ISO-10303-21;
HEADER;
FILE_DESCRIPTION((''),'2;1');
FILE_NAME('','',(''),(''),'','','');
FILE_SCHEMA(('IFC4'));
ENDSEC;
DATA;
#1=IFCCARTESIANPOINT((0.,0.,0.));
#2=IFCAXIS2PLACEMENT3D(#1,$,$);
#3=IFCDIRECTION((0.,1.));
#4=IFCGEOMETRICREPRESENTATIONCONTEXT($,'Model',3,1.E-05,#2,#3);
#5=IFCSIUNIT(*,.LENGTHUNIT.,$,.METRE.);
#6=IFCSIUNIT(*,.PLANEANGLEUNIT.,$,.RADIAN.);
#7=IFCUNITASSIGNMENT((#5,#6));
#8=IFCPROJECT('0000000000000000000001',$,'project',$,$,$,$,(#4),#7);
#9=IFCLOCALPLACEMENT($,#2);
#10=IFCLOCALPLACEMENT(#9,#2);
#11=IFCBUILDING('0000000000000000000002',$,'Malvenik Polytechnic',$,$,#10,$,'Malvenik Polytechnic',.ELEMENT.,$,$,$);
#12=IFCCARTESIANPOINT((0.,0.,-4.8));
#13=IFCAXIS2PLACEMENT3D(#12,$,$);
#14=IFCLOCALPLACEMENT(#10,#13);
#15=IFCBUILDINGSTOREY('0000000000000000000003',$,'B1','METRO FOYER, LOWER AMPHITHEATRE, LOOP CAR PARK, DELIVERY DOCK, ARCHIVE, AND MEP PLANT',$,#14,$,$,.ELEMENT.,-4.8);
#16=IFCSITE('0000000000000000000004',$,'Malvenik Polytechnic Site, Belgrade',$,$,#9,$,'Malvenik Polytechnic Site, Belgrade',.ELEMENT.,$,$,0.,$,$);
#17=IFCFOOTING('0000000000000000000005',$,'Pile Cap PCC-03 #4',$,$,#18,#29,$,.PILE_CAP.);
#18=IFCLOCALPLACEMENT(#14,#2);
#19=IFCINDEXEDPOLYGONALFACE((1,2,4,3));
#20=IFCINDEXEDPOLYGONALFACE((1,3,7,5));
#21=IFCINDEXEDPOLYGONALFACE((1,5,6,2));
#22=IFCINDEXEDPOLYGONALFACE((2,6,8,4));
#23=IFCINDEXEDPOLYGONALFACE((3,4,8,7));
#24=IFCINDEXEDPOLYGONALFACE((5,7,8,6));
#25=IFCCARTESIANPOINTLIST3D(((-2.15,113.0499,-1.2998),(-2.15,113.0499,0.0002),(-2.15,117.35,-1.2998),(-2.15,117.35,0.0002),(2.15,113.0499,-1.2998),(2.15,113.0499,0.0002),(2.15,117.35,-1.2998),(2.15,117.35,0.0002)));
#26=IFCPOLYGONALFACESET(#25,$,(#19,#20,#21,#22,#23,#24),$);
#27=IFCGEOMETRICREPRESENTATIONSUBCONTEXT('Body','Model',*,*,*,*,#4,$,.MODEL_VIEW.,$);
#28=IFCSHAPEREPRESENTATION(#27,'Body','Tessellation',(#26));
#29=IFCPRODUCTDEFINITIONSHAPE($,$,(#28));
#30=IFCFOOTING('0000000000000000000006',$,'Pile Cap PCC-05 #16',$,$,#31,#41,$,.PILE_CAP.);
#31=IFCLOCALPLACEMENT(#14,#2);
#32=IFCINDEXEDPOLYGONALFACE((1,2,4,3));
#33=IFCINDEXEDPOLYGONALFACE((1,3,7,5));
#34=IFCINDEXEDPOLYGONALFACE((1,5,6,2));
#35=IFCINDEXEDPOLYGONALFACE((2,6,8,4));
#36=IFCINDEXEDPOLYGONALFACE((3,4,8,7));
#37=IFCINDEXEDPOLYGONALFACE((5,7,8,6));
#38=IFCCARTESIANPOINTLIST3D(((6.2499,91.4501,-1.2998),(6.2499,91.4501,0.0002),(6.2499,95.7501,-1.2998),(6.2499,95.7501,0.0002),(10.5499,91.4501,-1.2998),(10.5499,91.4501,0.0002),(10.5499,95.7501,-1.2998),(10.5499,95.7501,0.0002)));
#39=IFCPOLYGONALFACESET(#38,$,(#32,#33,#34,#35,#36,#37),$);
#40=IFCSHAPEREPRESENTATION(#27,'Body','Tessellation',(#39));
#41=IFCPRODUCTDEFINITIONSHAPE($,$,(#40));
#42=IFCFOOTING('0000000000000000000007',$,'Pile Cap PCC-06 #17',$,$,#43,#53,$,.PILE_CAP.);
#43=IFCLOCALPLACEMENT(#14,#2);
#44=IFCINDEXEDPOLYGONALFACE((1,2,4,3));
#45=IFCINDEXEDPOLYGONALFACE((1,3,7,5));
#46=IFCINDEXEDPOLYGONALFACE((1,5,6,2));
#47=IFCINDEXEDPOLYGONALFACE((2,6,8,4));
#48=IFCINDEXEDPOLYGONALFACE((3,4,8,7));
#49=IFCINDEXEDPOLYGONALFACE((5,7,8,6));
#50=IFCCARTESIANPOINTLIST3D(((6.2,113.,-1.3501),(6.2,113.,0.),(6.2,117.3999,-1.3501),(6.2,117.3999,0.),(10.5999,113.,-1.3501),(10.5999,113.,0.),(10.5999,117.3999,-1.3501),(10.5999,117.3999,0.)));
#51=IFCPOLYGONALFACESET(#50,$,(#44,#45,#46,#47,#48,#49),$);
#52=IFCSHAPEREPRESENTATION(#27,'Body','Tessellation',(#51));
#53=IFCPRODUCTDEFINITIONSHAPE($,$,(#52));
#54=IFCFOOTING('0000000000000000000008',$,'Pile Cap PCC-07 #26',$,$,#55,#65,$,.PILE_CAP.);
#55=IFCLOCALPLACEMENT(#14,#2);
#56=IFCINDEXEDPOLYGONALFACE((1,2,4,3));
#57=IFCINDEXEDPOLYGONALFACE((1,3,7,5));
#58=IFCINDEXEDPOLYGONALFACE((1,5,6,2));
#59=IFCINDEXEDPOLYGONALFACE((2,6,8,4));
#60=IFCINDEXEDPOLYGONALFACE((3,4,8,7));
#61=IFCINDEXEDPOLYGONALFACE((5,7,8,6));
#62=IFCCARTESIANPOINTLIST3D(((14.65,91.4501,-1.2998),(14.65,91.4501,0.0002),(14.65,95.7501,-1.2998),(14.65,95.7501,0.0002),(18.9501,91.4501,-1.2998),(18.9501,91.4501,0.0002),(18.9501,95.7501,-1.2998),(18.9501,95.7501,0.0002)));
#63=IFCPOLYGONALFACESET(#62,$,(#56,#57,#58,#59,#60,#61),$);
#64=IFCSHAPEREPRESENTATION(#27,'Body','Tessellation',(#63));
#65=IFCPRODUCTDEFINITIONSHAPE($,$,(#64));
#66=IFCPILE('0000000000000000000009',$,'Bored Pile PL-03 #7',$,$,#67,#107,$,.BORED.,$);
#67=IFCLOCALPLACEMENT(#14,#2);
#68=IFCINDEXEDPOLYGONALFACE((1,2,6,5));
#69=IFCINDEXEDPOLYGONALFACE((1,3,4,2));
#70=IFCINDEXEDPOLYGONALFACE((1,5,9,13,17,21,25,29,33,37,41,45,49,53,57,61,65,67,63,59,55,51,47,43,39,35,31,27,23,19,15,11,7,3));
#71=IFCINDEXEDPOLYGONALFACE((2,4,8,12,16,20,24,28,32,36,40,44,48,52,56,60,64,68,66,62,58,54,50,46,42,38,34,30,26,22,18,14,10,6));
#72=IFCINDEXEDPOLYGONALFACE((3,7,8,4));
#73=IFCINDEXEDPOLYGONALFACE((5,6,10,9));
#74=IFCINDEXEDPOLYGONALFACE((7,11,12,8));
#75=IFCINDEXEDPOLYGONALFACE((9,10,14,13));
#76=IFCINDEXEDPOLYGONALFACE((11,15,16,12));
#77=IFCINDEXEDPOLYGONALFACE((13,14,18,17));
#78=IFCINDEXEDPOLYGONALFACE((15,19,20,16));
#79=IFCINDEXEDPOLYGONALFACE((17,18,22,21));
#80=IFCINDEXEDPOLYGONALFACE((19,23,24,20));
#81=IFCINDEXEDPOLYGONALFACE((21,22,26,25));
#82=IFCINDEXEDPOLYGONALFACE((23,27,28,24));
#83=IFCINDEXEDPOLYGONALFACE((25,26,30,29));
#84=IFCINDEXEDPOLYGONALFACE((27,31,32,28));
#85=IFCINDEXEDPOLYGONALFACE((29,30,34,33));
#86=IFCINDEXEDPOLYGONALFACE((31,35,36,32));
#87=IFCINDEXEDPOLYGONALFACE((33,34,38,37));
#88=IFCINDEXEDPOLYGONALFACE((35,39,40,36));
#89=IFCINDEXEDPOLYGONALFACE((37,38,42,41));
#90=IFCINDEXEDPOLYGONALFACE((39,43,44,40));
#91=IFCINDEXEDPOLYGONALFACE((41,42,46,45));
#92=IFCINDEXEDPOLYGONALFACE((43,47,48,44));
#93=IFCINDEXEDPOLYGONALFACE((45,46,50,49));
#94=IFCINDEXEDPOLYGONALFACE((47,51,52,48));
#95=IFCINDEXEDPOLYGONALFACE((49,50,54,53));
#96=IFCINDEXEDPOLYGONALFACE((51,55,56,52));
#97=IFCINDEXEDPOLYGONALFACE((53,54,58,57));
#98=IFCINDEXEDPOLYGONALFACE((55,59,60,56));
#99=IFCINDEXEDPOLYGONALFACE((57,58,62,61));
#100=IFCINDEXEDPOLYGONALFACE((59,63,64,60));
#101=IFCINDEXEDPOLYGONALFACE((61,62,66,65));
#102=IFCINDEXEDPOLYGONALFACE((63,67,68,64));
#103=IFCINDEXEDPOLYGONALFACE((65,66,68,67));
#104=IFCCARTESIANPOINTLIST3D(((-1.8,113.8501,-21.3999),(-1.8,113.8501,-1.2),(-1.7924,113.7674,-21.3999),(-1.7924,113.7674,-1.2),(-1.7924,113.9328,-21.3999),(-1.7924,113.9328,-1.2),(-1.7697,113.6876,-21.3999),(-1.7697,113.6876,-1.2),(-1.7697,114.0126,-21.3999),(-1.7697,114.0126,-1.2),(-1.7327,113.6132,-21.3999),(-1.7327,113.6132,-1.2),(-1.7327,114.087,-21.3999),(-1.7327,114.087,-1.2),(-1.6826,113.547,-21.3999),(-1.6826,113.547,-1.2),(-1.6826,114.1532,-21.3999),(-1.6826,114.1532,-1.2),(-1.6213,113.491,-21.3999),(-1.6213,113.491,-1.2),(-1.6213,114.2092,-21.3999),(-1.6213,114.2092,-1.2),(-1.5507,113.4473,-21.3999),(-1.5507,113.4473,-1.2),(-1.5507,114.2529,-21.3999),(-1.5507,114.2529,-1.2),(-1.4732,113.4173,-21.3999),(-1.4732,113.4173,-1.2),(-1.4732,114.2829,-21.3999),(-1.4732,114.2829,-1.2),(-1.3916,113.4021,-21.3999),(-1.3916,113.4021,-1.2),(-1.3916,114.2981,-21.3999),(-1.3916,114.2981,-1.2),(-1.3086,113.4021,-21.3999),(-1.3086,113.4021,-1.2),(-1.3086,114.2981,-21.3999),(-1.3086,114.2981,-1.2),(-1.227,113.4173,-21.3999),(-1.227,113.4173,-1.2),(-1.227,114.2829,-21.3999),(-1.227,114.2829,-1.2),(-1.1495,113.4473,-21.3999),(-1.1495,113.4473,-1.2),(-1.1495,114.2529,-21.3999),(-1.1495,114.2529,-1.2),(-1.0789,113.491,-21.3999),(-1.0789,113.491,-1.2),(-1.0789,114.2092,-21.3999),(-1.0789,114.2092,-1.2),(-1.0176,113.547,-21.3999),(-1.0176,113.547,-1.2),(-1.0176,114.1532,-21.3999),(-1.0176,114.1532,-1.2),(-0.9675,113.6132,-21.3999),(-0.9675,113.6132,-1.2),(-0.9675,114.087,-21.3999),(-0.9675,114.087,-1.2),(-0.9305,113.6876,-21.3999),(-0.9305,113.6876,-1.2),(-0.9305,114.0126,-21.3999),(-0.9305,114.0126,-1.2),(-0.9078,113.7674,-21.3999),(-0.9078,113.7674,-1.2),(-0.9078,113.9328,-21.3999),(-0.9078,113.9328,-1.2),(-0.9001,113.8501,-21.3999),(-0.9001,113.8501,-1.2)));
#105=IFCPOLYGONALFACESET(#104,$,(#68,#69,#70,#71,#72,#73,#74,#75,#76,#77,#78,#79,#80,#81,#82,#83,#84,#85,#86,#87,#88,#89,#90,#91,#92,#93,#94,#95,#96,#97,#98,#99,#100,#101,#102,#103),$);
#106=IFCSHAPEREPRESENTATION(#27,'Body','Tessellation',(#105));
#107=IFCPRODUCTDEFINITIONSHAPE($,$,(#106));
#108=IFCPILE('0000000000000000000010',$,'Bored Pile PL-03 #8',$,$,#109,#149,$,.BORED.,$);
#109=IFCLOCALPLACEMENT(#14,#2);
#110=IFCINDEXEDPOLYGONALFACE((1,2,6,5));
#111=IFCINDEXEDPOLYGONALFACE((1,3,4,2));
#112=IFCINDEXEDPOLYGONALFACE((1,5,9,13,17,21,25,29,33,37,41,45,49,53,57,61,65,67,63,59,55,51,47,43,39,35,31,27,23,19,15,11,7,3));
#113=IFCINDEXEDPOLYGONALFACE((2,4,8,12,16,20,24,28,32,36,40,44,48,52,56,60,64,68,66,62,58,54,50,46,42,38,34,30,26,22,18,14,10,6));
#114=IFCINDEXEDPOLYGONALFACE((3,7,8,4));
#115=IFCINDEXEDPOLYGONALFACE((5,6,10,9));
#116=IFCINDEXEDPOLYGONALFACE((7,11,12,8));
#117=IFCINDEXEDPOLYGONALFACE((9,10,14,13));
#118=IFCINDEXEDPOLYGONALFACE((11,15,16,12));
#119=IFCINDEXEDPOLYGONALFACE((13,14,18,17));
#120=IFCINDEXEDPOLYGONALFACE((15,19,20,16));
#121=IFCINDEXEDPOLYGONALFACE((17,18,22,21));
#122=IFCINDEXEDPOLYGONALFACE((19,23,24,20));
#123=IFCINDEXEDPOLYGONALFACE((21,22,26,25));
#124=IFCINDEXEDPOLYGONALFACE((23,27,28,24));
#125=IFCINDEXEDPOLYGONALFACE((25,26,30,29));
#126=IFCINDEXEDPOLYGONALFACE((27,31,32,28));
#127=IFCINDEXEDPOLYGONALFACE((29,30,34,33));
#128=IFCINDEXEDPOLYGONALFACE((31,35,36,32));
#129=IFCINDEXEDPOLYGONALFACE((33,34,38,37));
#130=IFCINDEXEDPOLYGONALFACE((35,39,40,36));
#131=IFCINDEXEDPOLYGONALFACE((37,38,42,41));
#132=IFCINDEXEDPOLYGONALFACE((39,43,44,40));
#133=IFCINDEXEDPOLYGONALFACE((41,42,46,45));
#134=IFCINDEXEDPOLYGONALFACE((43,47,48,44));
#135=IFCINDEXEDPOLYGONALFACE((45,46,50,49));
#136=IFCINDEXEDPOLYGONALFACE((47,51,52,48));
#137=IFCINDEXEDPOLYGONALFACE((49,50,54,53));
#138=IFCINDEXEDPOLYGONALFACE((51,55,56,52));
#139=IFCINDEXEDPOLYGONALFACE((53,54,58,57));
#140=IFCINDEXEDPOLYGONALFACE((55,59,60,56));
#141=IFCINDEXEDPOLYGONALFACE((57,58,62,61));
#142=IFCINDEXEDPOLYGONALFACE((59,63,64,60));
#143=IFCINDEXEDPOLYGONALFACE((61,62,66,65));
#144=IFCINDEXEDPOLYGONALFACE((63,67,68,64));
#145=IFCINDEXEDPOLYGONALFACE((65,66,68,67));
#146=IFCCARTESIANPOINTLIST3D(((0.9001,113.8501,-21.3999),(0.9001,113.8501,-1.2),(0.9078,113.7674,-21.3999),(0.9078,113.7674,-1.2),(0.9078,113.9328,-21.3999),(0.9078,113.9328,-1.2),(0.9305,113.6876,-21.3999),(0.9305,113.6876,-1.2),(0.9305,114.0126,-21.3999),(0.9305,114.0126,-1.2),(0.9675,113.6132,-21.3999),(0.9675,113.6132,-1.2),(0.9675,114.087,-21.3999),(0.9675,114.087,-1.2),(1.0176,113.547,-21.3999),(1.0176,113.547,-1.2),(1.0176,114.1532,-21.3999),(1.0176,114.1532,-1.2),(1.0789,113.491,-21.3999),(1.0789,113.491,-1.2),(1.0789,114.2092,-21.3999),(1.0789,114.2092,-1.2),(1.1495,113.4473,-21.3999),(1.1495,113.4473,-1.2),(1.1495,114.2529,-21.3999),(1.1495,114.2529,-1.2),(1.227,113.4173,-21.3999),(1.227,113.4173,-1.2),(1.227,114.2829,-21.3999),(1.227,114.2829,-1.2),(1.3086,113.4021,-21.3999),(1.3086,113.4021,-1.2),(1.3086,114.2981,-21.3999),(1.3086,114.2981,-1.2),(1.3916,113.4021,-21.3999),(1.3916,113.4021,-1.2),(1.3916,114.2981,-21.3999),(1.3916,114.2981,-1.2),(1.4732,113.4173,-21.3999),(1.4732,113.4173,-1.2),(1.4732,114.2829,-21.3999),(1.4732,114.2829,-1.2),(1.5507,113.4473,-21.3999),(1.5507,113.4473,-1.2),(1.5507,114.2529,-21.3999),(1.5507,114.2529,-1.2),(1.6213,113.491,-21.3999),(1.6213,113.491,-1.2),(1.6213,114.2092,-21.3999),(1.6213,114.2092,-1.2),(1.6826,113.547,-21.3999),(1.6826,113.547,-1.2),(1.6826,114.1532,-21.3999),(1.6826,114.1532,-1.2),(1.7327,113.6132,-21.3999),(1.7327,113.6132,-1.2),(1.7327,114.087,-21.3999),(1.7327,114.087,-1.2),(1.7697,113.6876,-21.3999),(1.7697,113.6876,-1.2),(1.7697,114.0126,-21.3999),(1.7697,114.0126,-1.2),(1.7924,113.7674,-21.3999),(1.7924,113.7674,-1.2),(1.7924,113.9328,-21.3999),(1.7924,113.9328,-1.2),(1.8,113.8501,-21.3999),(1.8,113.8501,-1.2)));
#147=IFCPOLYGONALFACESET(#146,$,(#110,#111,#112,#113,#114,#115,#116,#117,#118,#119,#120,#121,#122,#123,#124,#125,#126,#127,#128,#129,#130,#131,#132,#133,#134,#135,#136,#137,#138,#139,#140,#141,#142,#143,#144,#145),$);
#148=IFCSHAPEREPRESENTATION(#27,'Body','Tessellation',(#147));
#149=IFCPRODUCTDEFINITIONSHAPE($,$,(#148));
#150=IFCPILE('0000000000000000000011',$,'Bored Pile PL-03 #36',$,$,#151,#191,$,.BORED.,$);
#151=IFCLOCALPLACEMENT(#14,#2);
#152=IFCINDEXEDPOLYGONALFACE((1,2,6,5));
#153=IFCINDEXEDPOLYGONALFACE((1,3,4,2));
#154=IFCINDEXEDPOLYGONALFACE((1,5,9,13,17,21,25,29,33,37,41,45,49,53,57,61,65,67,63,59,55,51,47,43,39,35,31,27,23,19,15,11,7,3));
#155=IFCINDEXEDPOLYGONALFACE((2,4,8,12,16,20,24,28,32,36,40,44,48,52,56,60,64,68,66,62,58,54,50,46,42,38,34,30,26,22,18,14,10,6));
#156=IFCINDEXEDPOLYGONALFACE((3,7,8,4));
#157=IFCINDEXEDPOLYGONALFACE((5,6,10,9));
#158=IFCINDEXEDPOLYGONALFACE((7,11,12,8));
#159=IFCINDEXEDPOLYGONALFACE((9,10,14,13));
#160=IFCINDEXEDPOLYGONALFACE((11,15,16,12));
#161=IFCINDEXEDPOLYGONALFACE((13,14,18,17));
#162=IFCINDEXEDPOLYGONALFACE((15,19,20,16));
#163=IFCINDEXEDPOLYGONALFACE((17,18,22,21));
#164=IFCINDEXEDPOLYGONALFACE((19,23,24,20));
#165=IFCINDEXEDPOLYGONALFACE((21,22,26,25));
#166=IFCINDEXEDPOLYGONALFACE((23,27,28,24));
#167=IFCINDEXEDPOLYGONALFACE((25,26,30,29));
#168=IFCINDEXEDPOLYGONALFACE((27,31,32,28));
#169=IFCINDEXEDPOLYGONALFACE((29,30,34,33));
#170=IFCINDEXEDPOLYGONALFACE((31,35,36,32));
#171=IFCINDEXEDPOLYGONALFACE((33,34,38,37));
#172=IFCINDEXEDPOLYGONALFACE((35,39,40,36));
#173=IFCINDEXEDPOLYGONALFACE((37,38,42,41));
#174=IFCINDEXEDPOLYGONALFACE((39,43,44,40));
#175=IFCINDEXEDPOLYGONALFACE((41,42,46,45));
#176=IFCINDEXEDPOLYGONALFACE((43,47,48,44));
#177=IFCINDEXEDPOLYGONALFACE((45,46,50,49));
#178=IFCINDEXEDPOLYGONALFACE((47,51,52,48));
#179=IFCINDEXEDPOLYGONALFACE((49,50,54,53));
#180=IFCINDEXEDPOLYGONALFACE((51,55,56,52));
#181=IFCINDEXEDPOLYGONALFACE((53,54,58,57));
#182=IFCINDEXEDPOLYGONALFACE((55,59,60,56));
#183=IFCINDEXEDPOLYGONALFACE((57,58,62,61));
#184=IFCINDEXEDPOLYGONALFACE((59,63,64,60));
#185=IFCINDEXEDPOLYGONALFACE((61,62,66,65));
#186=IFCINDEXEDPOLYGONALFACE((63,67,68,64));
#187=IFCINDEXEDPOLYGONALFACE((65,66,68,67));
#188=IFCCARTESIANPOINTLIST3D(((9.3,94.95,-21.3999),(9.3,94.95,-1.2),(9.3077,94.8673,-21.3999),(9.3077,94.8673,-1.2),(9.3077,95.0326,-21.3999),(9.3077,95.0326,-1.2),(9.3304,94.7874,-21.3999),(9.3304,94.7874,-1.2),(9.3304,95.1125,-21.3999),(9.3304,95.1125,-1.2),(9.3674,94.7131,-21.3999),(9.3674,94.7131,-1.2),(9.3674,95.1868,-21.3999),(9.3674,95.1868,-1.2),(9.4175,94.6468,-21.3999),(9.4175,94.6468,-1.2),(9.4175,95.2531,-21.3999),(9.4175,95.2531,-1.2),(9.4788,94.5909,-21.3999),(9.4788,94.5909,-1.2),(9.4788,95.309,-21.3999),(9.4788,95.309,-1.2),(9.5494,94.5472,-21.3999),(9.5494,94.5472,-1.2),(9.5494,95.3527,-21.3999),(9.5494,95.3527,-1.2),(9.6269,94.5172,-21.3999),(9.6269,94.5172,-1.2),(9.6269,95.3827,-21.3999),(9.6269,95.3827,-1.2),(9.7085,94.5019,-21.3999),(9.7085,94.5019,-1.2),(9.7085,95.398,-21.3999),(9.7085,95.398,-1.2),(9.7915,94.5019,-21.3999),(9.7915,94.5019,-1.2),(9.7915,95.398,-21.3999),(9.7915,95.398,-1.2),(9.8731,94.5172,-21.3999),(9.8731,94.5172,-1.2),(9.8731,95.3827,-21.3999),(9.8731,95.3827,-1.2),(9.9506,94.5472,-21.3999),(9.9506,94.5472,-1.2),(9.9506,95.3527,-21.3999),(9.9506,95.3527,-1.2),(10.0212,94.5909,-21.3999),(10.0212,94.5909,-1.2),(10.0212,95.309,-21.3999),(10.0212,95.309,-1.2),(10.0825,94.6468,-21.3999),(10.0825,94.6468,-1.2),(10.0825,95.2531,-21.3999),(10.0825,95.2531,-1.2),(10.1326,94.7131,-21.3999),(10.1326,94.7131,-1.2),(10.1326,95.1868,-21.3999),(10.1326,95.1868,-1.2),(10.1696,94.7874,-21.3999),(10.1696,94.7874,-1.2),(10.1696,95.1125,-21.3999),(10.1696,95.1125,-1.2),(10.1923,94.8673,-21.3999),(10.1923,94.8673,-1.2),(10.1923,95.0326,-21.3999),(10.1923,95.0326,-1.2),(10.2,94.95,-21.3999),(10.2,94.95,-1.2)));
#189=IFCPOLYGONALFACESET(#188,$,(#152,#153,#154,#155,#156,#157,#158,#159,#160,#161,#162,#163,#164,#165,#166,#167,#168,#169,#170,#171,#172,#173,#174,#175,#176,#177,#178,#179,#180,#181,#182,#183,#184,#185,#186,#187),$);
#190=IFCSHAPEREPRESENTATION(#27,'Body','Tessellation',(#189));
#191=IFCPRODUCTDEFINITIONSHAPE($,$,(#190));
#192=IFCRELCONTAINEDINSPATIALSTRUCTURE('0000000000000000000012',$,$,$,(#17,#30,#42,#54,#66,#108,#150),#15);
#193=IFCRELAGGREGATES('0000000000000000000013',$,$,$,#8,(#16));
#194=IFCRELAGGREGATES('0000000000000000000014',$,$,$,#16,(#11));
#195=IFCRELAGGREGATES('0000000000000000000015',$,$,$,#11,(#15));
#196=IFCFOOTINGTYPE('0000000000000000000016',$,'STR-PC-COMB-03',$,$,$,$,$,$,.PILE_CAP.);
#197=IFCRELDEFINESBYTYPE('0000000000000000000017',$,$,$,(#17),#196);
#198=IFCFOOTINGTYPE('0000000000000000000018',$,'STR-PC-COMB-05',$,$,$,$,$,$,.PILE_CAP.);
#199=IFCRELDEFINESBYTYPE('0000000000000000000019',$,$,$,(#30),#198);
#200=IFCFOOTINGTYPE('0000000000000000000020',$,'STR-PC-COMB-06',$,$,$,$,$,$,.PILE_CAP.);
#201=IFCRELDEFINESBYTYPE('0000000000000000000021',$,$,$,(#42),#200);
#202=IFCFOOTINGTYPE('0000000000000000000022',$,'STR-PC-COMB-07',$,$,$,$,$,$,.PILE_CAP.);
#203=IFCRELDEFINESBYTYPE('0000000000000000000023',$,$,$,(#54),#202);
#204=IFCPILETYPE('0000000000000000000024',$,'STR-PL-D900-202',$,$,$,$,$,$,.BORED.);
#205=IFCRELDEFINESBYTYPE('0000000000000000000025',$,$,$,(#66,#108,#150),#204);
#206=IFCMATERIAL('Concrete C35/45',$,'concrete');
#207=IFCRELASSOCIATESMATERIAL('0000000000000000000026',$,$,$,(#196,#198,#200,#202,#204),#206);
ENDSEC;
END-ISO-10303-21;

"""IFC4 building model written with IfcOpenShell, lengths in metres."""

from ifc_helpers import new_model, si_unit, direction, frame, origin, origin_2d, place, context, subcontext, project, spatial, rectangle, circle, extrude, material, material_profile, profile_set, type_object, element, save


model = new_model("IFC4")

# Units and contexts
model_context = context("Model", 3, precision=1e-05, world=origin(), true_north=direction((0.0, 1.0)))
body_context = subcontext(model_context, "Body", "Model", "MODEL_VIEW")
ifc_project = project(units=[si_unit("LENGTHUNIT", "METRE"), si_unit("PLANEANGLEUNIT", "RADIAN")], contexts=[model_context])

# Site, building, storey
site_placement = place(None, origin())
site = spatial("IfcSite", under=ifc_project, at=site_placement, Name="Malvenik Polytechnic Site, Belgrade", LongName="Malvenik Polytechnic Site, Belgrade", CompositionType="ELEMENT", RefElevation=0.0)
building_placement = place(site_placement, origin())
building = spatial("IfcBuilding", under=site, at=building_placement, Name="Malvenik Polytechnic", LongName="Malvenik Polytechnic", CompositionType="ELEMENT")
storey_placement = place(building_placement, frame((0.0, 0.0, -4.8)))
storey = spatial("IfcBuildingStorey", under=building, at=storey_placement, Name="B1", Description="METRO FOYER, LOWER AMPHITHEATRE, LOOP CAR PARK, DELIVERY DOCK, ARCHIVE, AND MEP PLANT", CompositionType="ELEMENT", Elevation=-4.8)

# Footings
ifc_material_1 = material(Name="Concrete C35/45", Category="concrete")
footing_type_1 = type_object("IfcFootingType", Name="STR-PC-COMB-03", PredefinedType="PILE_CAP", material=ifc_material_1)
footing_1_placement = place(storey_placement, frame((0.0, 115.2, -1.2998), z_axis=(0.0, 0.0, 1.0), x_axis=(1.0, 0.0, 0.0)))
element("IfcFooting", 1, at=footing_1_placement, inside=storey, type_object=footing_type_1, Name="Pile Cap PCC-03 #4", PredefinedType="PILE_CAP", context=body_context, shape_type="SweptSolid", body=[
    extrude(rectangle(XDim=4.3, YDim=4.3, at=origin_2d()), origin(), (0.0, 0.0, 1.0), 1.3),
])
footing_type_2 = type_object("IfcFootingType", Name="STR-PC-COMB-05", PredefinedType="PILE_CAP", material=ifc_material_1)
footing_2_placement = place(storey_placement, frame((8.3999, 93.6001, -1.2998), z_axis=(0.0, 0.0, 1.0), x_axis=(1.0, 0.0, 0.0)))
element("IfcFooting", 2, at=footing_2_placement, inside=storey, type_object=footing_type_2, Name="Pile Cap PCC-05 #16", PredefinedType="PILE_CAP", context=body_context, shape_type="SweptSolid", body=[
    extrude(rectangle(XDim=4.3, YDim=4.3, at=origin_2d()), origin(), (0.0, 0.0, 1.0), 1.3),
])
footing_type_3 = type_object("IfcFootingType", Name="STR-PC-COMB-06", PredefinedType="PILE_CAP", material=ifc_material_1)
footing_3_placement = place(storey_placement, frame((8.3999, 115.2, -1.3501), z_axis=(0.0, 0.0, 1.0), x_axis=(1.0, 0.0, 0.0)))
element("IfcFooting", 3, at=footing_3_placement, inside=storey, type_object=footing_type_3, Name="Pile Cap PCC-06 #17", PredefinedType="PILE_CAP", context=body_context, shape_type="SweptSolid", body=[
    extrude(rectangle(XDim=4.3999, YDim=4.3999, at=origin_2d()), origin(), (0.0, 0.0, 1.0), 1.3501),
])
footing_type_4 = type_object("IfcFootingType", Name="STR-PC-COMB-07", PredefinedType="PILE_CAP", material=ifc_material_1)
footing_4_placement = place(storey_placement, frame((16.8, 93.6001, -1.2998), z_axis=(0.0, 0.0, 1.0), x_axis=(1.0, 0.0, 0.0)))
element("IfcFooting", 4, at=footing_4_placement, inside=storey, type_object=footing_type_4, Name="Pile Cap PCC-07 #26", PredefinedType="PILE_CAP", context=body_context, shape_type="SweptSolid", body=[
    extrude(rectangle(XDim=4.3, YDim=4.3, at=origin_2d()), origin(), (0.0, 0.0, 1.0), 1.3),
])

# Piles
ifc_material_profile_1 = material_profile(ifc_material_1, circle(Radius=0.45, at=origin_2d()), Name="BORED PILE D900")
ifc_profile_set_1 = profile_set([ifc_material_profile_1], Name="Concrete C35/45")
pile_type = type_object("IfcPileType", Name="STR-PL-D900-202", PredefinedType="BORED", material=ifc_profile_set_1)
for number, where, z_axis, x_axis, name in (
    (5, (-1.3501, 113.8501, -1.2), (0.0, 0.0, -1.0), (1.0, 0.0, 0.0), "Bored Pile PL-03 #7"),
    (6, (1.3501, 113.8501, -1.2), (0.0, 0.0, -1.0), (1.0, 0.0, 0.0), "Bored Pile PL-03 #8"),
    (7, (9.75, 94.95, -1.2), (0.0, 0.0, -1.0), (1.0, 0.0, 0.0), "Bored Pile PL-03 #36"),
):
    element("IfcPile", number, at=place(storey_placement, frame(where, z_axis=z_axis, x_axis=x_axis)), inside=storey, type_object=pile_type, Name=name, PredefinedType="BORED", context=body_context, shape_type="SweptSolid", body=[
        extrude(circle(Radius=0.45, at=origin_2d()), origin(), (0.0, 0.0, 1.0), 20.2),
    ])

save(model, "model.ifc")
